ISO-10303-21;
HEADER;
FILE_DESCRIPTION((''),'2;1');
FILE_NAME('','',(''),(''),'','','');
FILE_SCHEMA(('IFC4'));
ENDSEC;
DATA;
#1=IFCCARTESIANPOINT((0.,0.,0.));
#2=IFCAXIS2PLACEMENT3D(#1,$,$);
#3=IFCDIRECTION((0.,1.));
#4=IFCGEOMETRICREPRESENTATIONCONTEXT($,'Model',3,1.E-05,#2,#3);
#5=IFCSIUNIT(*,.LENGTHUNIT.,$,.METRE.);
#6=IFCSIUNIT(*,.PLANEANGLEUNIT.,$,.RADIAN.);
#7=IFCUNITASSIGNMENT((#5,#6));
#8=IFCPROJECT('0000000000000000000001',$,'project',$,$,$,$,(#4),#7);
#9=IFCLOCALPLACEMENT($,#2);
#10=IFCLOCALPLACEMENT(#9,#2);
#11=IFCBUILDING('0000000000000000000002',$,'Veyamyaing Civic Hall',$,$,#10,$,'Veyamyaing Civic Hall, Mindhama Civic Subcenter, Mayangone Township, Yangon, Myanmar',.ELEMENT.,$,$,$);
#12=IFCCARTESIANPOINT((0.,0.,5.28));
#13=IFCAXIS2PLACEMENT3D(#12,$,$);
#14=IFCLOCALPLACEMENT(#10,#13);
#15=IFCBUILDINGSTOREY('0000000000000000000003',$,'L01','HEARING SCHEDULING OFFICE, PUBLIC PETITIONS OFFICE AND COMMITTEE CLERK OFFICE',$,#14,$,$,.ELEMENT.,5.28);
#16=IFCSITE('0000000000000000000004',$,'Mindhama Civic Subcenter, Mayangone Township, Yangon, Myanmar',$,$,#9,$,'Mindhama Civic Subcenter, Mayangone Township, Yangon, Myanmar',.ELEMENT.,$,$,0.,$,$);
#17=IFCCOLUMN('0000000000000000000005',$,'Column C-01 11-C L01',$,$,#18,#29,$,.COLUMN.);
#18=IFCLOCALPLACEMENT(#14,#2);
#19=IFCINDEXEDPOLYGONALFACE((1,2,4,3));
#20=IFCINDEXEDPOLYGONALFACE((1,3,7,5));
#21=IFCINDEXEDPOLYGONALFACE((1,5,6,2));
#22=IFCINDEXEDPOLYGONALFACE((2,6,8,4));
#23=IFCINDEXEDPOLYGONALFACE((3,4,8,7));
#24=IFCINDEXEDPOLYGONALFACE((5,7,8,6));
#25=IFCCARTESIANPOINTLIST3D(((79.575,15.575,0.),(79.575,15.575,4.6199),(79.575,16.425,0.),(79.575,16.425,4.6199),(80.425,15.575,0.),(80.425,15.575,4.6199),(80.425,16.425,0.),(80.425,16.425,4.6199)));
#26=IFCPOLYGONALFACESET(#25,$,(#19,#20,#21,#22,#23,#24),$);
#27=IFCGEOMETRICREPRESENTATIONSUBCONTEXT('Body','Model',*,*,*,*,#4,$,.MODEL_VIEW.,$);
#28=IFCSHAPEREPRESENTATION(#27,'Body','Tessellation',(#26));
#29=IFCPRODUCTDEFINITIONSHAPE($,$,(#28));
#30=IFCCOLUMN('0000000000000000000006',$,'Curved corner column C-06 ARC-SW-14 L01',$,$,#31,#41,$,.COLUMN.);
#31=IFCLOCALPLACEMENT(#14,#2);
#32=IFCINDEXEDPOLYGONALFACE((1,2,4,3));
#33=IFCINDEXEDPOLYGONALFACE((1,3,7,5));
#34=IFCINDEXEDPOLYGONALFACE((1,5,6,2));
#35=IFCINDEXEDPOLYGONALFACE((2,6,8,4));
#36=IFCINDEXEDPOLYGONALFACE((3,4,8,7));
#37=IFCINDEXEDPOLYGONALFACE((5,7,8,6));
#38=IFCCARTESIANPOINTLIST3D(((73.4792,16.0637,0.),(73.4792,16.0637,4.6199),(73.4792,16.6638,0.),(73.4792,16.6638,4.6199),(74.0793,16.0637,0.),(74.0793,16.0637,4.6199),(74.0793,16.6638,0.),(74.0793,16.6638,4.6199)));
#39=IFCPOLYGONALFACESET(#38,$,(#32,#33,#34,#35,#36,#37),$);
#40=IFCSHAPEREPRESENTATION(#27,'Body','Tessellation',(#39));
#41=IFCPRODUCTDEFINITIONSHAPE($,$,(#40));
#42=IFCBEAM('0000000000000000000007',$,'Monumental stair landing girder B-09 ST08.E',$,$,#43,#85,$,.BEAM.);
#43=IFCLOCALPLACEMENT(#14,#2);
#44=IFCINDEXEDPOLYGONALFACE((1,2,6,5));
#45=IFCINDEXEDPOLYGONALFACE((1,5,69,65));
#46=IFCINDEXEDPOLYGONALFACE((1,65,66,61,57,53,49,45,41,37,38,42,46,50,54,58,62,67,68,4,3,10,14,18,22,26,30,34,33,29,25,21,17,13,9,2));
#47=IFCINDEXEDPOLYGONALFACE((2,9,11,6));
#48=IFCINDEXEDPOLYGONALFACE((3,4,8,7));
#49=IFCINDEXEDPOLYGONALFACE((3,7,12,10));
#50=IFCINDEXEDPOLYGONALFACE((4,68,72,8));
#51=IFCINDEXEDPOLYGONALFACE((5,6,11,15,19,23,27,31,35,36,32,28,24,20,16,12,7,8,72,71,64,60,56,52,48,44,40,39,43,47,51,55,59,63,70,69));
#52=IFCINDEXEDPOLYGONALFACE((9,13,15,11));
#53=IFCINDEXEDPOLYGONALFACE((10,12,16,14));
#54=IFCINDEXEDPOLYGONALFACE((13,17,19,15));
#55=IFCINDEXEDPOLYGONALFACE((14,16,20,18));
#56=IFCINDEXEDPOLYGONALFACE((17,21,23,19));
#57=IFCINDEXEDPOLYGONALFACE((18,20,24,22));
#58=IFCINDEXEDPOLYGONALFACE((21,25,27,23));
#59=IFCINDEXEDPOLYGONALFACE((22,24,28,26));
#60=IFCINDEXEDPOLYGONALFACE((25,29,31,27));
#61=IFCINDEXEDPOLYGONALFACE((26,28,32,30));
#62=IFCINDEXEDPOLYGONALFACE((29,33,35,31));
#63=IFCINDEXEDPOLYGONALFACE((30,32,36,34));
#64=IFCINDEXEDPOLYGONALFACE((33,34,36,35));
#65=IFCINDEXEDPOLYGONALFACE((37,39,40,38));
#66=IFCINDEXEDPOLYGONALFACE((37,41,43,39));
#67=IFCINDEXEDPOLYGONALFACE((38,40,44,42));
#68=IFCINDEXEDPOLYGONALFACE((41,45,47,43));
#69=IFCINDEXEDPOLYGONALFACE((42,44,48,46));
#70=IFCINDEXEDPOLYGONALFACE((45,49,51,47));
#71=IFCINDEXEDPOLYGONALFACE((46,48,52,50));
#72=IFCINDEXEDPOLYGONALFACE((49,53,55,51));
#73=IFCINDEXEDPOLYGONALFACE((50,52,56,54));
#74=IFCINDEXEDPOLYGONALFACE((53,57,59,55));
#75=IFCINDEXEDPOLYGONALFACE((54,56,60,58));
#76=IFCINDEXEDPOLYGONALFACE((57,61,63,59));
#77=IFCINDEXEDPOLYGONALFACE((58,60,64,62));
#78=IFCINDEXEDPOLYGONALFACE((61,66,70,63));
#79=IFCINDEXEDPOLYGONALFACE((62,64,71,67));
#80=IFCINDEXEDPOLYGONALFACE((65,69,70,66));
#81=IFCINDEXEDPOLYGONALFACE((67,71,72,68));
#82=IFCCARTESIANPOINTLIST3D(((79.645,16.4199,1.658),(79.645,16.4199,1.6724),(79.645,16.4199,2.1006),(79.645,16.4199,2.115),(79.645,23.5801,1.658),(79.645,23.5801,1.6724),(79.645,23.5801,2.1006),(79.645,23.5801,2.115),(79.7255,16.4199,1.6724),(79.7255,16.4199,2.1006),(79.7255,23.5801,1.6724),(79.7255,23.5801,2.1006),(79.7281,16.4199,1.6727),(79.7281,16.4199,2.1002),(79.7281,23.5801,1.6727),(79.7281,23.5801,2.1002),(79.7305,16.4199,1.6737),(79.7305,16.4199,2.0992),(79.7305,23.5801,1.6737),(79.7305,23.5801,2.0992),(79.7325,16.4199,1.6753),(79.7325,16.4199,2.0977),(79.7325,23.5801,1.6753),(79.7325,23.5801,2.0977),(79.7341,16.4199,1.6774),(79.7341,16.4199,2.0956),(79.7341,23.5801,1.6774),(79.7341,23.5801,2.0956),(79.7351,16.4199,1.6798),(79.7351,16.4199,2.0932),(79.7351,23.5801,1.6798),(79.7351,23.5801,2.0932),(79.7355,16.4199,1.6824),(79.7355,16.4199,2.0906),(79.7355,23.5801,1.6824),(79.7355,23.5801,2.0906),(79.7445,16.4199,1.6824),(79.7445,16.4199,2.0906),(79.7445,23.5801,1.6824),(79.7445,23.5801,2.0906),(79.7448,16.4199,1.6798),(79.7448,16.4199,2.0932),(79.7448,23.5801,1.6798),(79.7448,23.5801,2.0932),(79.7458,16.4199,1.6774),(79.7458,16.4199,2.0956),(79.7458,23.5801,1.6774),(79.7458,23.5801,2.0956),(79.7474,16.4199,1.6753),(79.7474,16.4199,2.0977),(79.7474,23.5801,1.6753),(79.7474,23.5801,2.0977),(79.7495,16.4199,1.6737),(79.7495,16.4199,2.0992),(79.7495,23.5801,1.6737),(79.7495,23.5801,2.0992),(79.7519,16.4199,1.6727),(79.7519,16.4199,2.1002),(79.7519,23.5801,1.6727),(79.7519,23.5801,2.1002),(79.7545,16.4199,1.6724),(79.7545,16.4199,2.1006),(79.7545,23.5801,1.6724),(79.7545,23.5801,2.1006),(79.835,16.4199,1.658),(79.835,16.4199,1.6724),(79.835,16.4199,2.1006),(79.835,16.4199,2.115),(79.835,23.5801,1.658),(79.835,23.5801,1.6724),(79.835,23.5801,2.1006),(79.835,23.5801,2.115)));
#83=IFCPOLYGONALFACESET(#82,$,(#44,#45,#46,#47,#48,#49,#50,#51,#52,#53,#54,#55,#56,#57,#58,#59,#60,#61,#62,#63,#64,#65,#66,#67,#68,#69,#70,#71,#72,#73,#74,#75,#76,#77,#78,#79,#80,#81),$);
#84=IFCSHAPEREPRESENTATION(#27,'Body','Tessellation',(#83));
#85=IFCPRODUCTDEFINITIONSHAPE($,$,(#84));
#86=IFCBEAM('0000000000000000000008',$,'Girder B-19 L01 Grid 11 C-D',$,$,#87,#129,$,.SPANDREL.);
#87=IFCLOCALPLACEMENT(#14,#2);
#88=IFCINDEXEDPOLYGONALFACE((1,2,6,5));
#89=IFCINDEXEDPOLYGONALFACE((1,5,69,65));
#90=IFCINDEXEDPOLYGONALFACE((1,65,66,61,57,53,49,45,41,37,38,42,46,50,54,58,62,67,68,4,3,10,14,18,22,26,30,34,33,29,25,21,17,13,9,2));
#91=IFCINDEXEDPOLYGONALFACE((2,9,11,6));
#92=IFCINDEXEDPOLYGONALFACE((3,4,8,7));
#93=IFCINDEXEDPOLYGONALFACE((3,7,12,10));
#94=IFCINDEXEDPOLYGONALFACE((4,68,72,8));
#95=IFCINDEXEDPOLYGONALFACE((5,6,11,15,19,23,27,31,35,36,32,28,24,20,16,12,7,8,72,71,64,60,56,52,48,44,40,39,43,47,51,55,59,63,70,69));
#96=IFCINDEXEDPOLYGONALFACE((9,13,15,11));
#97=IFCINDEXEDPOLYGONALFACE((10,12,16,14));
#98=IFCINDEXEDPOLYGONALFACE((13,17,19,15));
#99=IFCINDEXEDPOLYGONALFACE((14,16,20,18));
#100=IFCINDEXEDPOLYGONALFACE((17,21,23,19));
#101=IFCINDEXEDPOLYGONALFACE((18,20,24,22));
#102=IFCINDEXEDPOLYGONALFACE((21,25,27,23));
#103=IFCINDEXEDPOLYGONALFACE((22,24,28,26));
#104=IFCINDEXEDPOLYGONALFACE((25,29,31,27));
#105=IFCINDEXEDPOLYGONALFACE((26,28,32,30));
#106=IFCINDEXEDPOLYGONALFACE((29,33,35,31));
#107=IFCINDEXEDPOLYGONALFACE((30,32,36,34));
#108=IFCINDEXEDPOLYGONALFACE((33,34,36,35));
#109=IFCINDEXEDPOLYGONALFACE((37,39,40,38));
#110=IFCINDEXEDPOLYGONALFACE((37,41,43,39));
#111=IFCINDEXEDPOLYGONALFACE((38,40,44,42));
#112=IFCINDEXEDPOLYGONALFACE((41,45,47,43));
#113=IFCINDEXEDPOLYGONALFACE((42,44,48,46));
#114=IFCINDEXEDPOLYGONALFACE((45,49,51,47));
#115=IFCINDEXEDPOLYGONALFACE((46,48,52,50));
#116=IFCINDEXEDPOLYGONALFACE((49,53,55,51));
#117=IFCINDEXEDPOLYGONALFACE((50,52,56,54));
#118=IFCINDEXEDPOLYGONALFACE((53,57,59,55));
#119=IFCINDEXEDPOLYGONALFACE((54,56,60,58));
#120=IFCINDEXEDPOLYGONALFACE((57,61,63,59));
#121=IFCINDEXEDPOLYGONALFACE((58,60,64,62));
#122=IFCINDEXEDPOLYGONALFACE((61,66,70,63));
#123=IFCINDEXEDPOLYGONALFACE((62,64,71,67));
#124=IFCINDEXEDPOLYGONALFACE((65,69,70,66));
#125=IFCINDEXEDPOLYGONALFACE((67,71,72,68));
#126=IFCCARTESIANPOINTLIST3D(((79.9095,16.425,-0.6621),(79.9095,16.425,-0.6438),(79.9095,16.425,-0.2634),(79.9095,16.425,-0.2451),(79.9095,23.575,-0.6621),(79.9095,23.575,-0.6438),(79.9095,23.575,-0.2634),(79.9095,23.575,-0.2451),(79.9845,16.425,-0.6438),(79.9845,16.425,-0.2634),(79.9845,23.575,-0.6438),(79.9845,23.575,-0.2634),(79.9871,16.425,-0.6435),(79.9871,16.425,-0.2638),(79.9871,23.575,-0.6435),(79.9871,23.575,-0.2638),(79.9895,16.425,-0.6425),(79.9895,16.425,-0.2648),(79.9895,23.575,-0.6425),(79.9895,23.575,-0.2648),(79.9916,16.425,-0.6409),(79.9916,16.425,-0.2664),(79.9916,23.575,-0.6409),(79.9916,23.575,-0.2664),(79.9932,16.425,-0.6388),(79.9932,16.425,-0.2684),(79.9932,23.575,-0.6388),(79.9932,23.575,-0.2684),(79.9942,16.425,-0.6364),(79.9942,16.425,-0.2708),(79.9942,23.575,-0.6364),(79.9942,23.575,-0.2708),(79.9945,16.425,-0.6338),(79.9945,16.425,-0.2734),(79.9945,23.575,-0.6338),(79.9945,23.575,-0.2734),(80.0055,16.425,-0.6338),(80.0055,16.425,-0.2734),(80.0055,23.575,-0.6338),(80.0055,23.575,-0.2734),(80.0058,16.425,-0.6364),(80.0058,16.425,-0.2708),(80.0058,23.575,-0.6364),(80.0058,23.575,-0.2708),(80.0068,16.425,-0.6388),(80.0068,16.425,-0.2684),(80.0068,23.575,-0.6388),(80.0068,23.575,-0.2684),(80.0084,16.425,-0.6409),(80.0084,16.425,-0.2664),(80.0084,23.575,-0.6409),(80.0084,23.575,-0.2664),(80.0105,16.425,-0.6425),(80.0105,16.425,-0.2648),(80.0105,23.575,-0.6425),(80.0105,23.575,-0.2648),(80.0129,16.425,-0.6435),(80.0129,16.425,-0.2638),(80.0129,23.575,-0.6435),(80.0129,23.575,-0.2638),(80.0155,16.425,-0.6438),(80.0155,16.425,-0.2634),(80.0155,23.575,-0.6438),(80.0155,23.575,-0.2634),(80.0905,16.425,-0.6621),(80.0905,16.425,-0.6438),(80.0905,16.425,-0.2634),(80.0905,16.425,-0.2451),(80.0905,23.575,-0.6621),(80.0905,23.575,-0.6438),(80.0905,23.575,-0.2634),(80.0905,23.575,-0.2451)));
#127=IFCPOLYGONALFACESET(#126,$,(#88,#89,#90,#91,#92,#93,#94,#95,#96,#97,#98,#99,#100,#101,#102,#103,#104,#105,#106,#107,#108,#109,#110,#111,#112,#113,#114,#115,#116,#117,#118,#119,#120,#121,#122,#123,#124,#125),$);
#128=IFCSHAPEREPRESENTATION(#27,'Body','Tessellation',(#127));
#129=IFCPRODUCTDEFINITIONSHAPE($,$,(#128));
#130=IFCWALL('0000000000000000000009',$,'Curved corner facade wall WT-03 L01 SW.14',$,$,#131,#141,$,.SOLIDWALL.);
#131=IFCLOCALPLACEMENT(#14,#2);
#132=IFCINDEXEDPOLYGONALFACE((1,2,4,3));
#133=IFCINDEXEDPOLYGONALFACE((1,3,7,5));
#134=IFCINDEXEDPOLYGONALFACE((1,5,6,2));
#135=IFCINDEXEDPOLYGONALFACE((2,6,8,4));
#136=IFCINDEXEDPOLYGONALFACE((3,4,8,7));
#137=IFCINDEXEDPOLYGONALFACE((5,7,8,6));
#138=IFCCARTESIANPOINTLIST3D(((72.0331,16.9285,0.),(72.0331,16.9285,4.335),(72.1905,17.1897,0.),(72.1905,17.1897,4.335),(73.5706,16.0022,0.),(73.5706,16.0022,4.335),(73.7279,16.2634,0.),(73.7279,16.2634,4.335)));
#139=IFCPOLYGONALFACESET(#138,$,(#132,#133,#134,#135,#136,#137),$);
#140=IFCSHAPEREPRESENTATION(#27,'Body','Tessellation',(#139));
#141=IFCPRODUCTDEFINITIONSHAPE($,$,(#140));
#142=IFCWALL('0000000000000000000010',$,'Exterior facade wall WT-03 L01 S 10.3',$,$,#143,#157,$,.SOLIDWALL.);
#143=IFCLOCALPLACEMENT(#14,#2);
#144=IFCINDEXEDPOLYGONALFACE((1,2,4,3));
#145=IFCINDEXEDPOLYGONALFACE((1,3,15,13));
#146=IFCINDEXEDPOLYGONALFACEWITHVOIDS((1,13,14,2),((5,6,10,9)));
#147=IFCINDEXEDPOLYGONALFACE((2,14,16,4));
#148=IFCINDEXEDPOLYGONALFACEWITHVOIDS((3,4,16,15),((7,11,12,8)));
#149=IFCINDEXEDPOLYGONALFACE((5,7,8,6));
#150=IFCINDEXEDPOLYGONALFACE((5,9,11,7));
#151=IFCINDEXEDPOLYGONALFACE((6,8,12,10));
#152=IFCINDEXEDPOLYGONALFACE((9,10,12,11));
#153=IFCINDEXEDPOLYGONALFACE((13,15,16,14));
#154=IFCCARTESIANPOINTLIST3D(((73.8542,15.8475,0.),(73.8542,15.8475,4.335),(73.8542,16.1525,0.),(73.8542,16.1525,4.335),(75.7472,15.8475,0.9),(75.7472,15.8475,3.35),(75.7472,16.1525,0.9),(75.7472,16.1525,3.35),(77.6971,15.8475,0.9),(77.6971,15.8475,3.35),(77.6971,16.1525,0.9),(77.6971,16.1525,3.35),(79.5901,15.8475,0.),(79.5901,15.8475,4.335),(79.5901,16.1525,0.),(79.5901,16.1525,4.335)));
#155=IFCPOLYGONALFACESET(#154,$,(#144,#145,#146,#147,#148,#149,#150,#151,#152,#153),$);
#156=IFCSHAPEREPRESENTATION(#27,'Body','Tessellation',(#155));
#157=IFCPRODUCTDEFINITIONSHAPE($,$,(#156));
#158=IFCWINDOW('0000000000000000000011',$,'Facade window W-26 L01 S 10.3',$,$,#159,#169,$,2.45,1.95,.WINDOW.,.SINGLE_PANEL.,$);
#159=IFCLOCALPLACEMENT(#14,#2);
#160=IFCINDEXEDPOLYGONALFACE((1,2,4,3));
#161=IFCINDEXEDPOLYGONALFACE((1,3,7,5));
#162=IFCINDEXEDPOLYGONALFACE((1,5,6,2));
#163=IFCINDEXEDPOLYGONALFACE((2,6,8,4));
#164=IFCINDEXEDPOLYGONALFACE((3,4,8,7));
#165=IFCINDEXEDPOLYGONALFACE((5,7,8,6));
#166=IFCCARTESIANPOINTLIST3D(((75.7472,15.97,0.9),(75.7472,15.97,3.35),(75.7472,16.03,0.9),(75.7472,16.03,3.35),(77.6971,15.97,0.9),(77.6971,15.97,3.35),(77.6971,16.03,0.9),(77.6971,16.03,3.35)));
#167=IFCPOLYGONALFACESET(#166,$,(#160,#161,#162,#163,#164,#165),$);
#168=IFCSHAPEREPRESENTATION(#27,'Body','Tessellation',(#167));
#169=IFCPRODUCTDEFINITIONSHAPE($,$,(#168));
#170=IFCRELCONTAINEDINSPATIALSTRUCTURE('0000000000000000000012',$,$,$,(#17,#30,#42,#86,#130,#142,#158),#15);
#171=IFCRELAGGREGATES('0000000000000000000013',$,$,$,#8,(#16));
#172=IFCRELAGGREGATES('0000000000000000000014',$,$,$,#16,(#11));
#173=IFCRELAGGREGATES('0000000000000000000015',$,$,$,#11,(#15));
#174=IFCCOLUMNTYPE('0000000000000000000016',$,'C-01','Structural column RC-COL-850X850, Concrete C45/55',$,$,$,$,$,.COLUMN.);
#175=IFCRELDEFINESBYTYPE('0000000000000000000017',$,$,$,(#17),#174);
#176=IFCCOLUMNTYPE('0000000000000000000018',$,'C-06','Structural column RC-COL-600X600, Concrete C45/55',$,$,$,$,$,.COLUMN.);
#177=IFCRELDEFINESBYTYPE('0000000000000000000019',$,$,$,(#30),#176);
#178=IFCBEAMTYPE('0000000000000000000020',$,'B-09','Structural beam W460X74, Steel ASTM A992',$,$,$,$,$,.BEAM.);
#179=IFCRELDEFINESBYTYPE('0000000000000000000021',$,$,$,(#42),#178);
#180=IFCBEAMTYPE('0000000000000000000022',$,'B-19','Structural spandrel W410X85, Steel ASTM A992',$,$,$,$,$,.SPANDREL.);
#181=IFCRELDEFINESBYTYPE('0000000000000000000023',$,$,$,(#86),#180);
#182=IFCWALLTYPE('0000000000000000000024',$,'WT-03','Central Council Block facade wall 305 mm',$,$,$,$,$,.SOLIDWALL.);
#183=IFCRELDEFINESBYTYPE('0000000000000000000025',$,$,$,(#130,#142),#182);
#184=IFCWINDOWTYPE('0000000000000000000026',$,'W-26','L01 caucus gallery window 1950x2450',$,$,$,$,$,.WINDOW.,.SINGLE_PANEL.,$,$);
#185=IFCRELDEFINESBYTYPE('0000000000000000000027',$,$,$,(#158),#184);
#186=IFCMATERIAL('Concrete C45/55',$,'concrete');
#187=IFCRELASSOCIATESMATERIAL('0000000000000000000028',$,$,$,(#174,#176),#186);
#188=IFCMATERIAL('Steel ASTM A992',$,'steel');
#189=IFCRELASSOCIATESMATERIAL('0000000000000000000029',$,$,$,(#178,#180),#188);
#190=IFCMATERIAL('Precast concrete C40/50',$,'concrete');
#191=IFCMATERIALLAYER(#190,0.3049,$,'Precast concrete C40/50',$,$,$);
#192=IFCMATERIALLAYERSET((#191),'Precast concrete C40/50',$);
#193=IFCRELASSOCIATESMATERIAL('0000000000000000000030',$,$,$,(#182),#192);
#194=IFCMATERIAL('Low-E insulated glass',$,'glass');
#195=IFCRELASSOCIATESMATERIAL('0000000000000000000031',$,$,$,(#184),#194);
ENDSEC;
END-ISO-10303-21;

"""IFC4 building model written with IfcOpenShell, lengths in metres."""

from ifc_helpers import new_model, si_unit, direction, frame, frame_2d, origin, origin_2d, place, context, subcontext, project, spatial, rectangle, i_section, extrude, material, layer, layer_set, material_profile, profile_set, type_object, element, fill, save


model = new_model("IFC4")

# Units and contexts
model_context = context("Model", 3, precision=1e-05, world=origin(), true_north=direction((0.0, 1.0)))
body_context = subcontext(model_context, "Body", "Model", "MODEL_VIEW")
ifc_project = project(units=[si_unit("LENGTHUNIT", "METRE"), si_unit("PLANEANGLEUNIT", "RADIAN")], contexts=[model_context])

# Site, building, storey
site_placement = place(None, origin())
site = spatial("IfcSite", under=ifc_project, at=site_placement, Name="Mindhama Civic Subcenter, Mayangone Township, Yangon, Myanmar", LongName="Mindhama Civic Subcenter, Mayangone Township, Yangon, Myanmar", CompositionType="ELEMENT", RefElevation=0.0)
building_placement = place(site_placement, origin())
building = spatial("IfcBuilding", under=site, at=building_placement, Name="Veyamyaing Civic Hall", LongName="Veyamyaing Civic Hall, Mindhama Civic Subcenter, Mayangone Township, Yangon, Myanmar", CompositionType="ELEMENT")
storey_placement = place(building_placement, frame((0.0, 0.0, 5.28)))
storey = spatial("IfcBuildingStorey", under=building, at=storey_placement, Name="L01", Description="HEARING SCHEDULING OFFICE, PUBLIC PETITIONS OFFICE AND COMMITTEE CLERK OFFICE", CompositionType="ELEMENT", Elevation=5.28)

# Columns
ifc_material_1 = material(Name="Concrete C45/55", Category="concrete")
ifc_material_profile_1 = material_profile(ifc_material_1, rectangle(XDim=0.8501, YDim=0.8501, at=origin_2d()), Name="RC-COL-850X850")
ifc_profile_set_1 = profile_set([ifc_material_profile_1], Name="Concrete C45/55")
column_type_1 = type_object("IfcColumnType", Name="C-01", Description="Structural column RC-COL-850X850, Concrete C45/55", PredefinedType="COLUMN", material=ifc_profile_set_1)
column_1_placement = place(storey_placement, frame((80.0, 16.0, 0.0), z_axis=(0.0, 0.0, 1.0), x_axis=(1.0, 0.0, 0.0)))
element("IfcColumn", 1, at=column_1_placement, inside=storey, type_object=column_type_1, Name="Column C-01 11-C L01", PredefinedType="COLUMN", context=body_context, shape_type="SweptSolid", body=[
    extrude(rectangle(XDim=0.8501, YDim=0.8501, at=origin_2d()), origin(), (0.0, 0.0, 1.0), 4.6199),
])
ifc_material_profile_2 = material_profile(ifc_material_1, rectangle(XDim=0.6001, YDim=0.6001, at=origin_2d()), Name="RC-COL-600X600")
ifc_profile_set_2 = profile_set([ifc_material_profile_2], Name="Concrete C45/55")
column_type_2 = type_object("IfcColumnType", Name="C-06", Description="Structural column RC-COL-600X600, Concrete C45/55", PredefinedType="COLUMN", material=ifc_profile_set_2)
column_2_placement = place(storey_placement, frame((73.7793, 16.3638, 0.0), z_axis=(0.0, 0.0, 1.0), x_axis=(1.0, 0.0, 0.0)))
element("IfcColumn", 2, at=column_2_placement, inside=storey, type_object=column_type_2, Name="Curved corner column C-06 ARC-SW-14 L01", PredefinedType="COLUMN", context=body_context, shape_type="SweptSolid", body=[
    extrude(rectangle(XDim=0.6001, YDim=0.6001, at=origin_2d()), origin(), (0.0, 0.0, 1.0), 4.6199),
])

# Beams
ifc_material_2 = material(Name="Steel ASTM A992", Category="steel")
ifc_material_profile_3 = material_profile(ifc_material_2, i_section(OverallWidth=0.1899, OverallDepth=0.457, WebThickness=0.009, FlangeThickness=0.0144, FilletRadius=0.01, at=origin_2d()), Name="W460X74")
ifc_profile_set_3 = profile_set([ifc_material_profile_3], Name="Steel ASTM A992")
beam_type_1 = type_object("IfcBeamType", Name="B-09", Description="Structural beam W460X74, Steel ASTM A992", PredefinedType="BEAM", material=ifc_profile_set_3)
beam_1_placement = place(storey_placement, frame((79.74, 16.4199, 1.8865), z_axis=(0.0, 1.0, 0.0), x_axis=(-1.0, 0.0, 0.0)))
element("IfcBeam", 3, at=beam_1_placement, inside=storey, type_object=beam_type_1, Name="Monumental stair landing girder B-09 ST08.E", PredefinedType="BEAM", context=body_context, shape_type="SweptSolid", body=[
    extrude(i_section(OverallWidth=0.1899, OverallDepth=0.457, WebThickness=0.009, FlangeThickness=0.0144, FilletRadius=0.01, at=origin_2d()), origin(), (0.0, 0.0, 1.0), 7.1602),
])
ifc_material_profile_4 = material_profile(ifc_material_2, i_section(OverallWidth=0.1809, OverallDepth=0.417, WebThickness=0.011, FlangeThickness=0.0183, FilletRadius=0.01, at=origin_2d()), Name="W410X85")
ifc_profile_set_4 = profile_set([ifc_material_profile_4], Name="Steel ASTM A992")
beam_type_2 = type_object("IfcBeamType", Name="B-19", Description="Structural spandrel W410X85, Steel ASTM A992", PredefinedType="SPANDREL", material=ifc_profile_set_4)
beam_2_placement = place(storey_placement, frame((80.0, 16.425, -0.4536), z_axis=(0.0, 1.0, 0.0), x_axis=(-1.0, 0.0, 0.0)))
element("IfcBeam", 4, at=beam_2_placement, inside=storey, type_object=beam_type_2, Name="Girder B-19 L01 Grid 11 C-D", PredefinedType="SPANDREL", context=body_context, shape_type="SweptSolid", body=[
    extrude(i_section(OverallWidth=0.1809, OverallDepth=0.417, WebThickness=0.011, FlangeThickness=0.0183, FilletRadius=0.01, at=origin_2d()), origin(), (0.0, 0.0, 1.0), 7.1499),
])

# Wall
ifc_material_3 = material(Name="Precast concrete C40/50", Category="concrete")
ifc_layer_1 = layer(ifc_material_3, 0.3049, Name="Precast concrete C40/50")
ifc_layer_set_1 = layer_set([ifc_layer_1], Name="Precast concrete C40/50")
wall_type_1 = type_object("IfcWallType", Name="WT-03", Description="Central Council Block facade wall 305 mm", PredefinedType="SOLIDWALL", material=ifc_layer_set_1)
wall_1_placement = place(storey_placement, frame((72.1118, 17.0591, 0.0), z_axis=(0.0, 0.0, 1.0), x_axis=(0.856543, -0.516075, 0.0)))
element("IfcWall", 5, at=wall_1_placement, inside=storey, type_object=wall_type_1, Name="Curved corner facade wall WT-03 L01 SW.14", PredefinedType="SOLIDWALL", context=body_context, shape_type="SweptSolid", body=[
    extrude(rectangle(XDim=1.7949, YDim=0.3049, at=frame_2d((0.8975, 0.0))), origin(), (0.0, 0.0, 1.0), 4.335),
])

# Wall, opening, window
wall_2_placement = place(storey_placement, frame((73.8542, 16.0, 0.0), z_axis=(0.0, 0.0, 1.0), x_axis=(1.0, 0.0, 0.0)))
wall_2 = element("IfcWall", 6, at=wall_2_placement, inside=storey, type_object=wall_type_1, Name="Exterior facade wall WT-03 L01 S 10.3", PredefinedType="SOLIDWALL", context=body_context, shape_type="SweptSolid", body=[
    extrude(rectangle(XDim=5.7358, YDim=0.3049, at=frame_2d((2.8679, 0.0))), origin(), (0.0, 0.0, 1.0), 4.335),
])
opening_1_placement = place(wall_2_placement, frame((1.8928, 0.0, 0.8999)))
opening_1 = element("IfcOpeningElement", 7, at=opening_1_placement, cuts=wall_2, PredefinedType="OPENING", context=body_context, shape_type="SweptSolid", body=[
    extrude(rectangle(XDim=1.95, YDim=2.45, at=frame_2d((0.9751, 1.2251))), frame((0.0, 0.1624, 0.0), z_axis=(0.0, -1.0, 0.0), x_axis=(1.0, 0.0, 0.0)), (0.0, 0.0, 1.0), 0.325),
])
ifc_material_4 = material(Name="Low-E insulated glass", Category="glass")
window_type = type_object("IfcWindowType", Name="W-26", Description="L01 caucus gallery window 1950x2450", PartitioningType="SINGLE_PANEL", PredefinedType="WINDOW", material=ifc_material_4)
window_1_placement = place(opening_1_placement, origin())
window_1 = element("IfcWindow", 8, at=window_1_placement, inside=storey, type_object=window_type, Name="Facade window W-26 L01 S 10.3", OverallHeight=2.45, OverallWidth=1.95, PartitioningType="SINGLE_PANEL", PredefinedType="WINDOW", context=body_context, shape_type="SweptSolid", body=[
    extrude(rectangle(XDim=1.95, YDim=2.45, at=frame_2d((0.9751, 1.2251))), frame((0.0, 0.03, 0.0), z_axis=(0.0, -1.0, 0.0), x_axis=(1.0, 0.0, 0.0)), (0.0, 0.0, 1.0), 0.0601),
])
fill(opening_1, window_1)

save(model, "model.ifc")
